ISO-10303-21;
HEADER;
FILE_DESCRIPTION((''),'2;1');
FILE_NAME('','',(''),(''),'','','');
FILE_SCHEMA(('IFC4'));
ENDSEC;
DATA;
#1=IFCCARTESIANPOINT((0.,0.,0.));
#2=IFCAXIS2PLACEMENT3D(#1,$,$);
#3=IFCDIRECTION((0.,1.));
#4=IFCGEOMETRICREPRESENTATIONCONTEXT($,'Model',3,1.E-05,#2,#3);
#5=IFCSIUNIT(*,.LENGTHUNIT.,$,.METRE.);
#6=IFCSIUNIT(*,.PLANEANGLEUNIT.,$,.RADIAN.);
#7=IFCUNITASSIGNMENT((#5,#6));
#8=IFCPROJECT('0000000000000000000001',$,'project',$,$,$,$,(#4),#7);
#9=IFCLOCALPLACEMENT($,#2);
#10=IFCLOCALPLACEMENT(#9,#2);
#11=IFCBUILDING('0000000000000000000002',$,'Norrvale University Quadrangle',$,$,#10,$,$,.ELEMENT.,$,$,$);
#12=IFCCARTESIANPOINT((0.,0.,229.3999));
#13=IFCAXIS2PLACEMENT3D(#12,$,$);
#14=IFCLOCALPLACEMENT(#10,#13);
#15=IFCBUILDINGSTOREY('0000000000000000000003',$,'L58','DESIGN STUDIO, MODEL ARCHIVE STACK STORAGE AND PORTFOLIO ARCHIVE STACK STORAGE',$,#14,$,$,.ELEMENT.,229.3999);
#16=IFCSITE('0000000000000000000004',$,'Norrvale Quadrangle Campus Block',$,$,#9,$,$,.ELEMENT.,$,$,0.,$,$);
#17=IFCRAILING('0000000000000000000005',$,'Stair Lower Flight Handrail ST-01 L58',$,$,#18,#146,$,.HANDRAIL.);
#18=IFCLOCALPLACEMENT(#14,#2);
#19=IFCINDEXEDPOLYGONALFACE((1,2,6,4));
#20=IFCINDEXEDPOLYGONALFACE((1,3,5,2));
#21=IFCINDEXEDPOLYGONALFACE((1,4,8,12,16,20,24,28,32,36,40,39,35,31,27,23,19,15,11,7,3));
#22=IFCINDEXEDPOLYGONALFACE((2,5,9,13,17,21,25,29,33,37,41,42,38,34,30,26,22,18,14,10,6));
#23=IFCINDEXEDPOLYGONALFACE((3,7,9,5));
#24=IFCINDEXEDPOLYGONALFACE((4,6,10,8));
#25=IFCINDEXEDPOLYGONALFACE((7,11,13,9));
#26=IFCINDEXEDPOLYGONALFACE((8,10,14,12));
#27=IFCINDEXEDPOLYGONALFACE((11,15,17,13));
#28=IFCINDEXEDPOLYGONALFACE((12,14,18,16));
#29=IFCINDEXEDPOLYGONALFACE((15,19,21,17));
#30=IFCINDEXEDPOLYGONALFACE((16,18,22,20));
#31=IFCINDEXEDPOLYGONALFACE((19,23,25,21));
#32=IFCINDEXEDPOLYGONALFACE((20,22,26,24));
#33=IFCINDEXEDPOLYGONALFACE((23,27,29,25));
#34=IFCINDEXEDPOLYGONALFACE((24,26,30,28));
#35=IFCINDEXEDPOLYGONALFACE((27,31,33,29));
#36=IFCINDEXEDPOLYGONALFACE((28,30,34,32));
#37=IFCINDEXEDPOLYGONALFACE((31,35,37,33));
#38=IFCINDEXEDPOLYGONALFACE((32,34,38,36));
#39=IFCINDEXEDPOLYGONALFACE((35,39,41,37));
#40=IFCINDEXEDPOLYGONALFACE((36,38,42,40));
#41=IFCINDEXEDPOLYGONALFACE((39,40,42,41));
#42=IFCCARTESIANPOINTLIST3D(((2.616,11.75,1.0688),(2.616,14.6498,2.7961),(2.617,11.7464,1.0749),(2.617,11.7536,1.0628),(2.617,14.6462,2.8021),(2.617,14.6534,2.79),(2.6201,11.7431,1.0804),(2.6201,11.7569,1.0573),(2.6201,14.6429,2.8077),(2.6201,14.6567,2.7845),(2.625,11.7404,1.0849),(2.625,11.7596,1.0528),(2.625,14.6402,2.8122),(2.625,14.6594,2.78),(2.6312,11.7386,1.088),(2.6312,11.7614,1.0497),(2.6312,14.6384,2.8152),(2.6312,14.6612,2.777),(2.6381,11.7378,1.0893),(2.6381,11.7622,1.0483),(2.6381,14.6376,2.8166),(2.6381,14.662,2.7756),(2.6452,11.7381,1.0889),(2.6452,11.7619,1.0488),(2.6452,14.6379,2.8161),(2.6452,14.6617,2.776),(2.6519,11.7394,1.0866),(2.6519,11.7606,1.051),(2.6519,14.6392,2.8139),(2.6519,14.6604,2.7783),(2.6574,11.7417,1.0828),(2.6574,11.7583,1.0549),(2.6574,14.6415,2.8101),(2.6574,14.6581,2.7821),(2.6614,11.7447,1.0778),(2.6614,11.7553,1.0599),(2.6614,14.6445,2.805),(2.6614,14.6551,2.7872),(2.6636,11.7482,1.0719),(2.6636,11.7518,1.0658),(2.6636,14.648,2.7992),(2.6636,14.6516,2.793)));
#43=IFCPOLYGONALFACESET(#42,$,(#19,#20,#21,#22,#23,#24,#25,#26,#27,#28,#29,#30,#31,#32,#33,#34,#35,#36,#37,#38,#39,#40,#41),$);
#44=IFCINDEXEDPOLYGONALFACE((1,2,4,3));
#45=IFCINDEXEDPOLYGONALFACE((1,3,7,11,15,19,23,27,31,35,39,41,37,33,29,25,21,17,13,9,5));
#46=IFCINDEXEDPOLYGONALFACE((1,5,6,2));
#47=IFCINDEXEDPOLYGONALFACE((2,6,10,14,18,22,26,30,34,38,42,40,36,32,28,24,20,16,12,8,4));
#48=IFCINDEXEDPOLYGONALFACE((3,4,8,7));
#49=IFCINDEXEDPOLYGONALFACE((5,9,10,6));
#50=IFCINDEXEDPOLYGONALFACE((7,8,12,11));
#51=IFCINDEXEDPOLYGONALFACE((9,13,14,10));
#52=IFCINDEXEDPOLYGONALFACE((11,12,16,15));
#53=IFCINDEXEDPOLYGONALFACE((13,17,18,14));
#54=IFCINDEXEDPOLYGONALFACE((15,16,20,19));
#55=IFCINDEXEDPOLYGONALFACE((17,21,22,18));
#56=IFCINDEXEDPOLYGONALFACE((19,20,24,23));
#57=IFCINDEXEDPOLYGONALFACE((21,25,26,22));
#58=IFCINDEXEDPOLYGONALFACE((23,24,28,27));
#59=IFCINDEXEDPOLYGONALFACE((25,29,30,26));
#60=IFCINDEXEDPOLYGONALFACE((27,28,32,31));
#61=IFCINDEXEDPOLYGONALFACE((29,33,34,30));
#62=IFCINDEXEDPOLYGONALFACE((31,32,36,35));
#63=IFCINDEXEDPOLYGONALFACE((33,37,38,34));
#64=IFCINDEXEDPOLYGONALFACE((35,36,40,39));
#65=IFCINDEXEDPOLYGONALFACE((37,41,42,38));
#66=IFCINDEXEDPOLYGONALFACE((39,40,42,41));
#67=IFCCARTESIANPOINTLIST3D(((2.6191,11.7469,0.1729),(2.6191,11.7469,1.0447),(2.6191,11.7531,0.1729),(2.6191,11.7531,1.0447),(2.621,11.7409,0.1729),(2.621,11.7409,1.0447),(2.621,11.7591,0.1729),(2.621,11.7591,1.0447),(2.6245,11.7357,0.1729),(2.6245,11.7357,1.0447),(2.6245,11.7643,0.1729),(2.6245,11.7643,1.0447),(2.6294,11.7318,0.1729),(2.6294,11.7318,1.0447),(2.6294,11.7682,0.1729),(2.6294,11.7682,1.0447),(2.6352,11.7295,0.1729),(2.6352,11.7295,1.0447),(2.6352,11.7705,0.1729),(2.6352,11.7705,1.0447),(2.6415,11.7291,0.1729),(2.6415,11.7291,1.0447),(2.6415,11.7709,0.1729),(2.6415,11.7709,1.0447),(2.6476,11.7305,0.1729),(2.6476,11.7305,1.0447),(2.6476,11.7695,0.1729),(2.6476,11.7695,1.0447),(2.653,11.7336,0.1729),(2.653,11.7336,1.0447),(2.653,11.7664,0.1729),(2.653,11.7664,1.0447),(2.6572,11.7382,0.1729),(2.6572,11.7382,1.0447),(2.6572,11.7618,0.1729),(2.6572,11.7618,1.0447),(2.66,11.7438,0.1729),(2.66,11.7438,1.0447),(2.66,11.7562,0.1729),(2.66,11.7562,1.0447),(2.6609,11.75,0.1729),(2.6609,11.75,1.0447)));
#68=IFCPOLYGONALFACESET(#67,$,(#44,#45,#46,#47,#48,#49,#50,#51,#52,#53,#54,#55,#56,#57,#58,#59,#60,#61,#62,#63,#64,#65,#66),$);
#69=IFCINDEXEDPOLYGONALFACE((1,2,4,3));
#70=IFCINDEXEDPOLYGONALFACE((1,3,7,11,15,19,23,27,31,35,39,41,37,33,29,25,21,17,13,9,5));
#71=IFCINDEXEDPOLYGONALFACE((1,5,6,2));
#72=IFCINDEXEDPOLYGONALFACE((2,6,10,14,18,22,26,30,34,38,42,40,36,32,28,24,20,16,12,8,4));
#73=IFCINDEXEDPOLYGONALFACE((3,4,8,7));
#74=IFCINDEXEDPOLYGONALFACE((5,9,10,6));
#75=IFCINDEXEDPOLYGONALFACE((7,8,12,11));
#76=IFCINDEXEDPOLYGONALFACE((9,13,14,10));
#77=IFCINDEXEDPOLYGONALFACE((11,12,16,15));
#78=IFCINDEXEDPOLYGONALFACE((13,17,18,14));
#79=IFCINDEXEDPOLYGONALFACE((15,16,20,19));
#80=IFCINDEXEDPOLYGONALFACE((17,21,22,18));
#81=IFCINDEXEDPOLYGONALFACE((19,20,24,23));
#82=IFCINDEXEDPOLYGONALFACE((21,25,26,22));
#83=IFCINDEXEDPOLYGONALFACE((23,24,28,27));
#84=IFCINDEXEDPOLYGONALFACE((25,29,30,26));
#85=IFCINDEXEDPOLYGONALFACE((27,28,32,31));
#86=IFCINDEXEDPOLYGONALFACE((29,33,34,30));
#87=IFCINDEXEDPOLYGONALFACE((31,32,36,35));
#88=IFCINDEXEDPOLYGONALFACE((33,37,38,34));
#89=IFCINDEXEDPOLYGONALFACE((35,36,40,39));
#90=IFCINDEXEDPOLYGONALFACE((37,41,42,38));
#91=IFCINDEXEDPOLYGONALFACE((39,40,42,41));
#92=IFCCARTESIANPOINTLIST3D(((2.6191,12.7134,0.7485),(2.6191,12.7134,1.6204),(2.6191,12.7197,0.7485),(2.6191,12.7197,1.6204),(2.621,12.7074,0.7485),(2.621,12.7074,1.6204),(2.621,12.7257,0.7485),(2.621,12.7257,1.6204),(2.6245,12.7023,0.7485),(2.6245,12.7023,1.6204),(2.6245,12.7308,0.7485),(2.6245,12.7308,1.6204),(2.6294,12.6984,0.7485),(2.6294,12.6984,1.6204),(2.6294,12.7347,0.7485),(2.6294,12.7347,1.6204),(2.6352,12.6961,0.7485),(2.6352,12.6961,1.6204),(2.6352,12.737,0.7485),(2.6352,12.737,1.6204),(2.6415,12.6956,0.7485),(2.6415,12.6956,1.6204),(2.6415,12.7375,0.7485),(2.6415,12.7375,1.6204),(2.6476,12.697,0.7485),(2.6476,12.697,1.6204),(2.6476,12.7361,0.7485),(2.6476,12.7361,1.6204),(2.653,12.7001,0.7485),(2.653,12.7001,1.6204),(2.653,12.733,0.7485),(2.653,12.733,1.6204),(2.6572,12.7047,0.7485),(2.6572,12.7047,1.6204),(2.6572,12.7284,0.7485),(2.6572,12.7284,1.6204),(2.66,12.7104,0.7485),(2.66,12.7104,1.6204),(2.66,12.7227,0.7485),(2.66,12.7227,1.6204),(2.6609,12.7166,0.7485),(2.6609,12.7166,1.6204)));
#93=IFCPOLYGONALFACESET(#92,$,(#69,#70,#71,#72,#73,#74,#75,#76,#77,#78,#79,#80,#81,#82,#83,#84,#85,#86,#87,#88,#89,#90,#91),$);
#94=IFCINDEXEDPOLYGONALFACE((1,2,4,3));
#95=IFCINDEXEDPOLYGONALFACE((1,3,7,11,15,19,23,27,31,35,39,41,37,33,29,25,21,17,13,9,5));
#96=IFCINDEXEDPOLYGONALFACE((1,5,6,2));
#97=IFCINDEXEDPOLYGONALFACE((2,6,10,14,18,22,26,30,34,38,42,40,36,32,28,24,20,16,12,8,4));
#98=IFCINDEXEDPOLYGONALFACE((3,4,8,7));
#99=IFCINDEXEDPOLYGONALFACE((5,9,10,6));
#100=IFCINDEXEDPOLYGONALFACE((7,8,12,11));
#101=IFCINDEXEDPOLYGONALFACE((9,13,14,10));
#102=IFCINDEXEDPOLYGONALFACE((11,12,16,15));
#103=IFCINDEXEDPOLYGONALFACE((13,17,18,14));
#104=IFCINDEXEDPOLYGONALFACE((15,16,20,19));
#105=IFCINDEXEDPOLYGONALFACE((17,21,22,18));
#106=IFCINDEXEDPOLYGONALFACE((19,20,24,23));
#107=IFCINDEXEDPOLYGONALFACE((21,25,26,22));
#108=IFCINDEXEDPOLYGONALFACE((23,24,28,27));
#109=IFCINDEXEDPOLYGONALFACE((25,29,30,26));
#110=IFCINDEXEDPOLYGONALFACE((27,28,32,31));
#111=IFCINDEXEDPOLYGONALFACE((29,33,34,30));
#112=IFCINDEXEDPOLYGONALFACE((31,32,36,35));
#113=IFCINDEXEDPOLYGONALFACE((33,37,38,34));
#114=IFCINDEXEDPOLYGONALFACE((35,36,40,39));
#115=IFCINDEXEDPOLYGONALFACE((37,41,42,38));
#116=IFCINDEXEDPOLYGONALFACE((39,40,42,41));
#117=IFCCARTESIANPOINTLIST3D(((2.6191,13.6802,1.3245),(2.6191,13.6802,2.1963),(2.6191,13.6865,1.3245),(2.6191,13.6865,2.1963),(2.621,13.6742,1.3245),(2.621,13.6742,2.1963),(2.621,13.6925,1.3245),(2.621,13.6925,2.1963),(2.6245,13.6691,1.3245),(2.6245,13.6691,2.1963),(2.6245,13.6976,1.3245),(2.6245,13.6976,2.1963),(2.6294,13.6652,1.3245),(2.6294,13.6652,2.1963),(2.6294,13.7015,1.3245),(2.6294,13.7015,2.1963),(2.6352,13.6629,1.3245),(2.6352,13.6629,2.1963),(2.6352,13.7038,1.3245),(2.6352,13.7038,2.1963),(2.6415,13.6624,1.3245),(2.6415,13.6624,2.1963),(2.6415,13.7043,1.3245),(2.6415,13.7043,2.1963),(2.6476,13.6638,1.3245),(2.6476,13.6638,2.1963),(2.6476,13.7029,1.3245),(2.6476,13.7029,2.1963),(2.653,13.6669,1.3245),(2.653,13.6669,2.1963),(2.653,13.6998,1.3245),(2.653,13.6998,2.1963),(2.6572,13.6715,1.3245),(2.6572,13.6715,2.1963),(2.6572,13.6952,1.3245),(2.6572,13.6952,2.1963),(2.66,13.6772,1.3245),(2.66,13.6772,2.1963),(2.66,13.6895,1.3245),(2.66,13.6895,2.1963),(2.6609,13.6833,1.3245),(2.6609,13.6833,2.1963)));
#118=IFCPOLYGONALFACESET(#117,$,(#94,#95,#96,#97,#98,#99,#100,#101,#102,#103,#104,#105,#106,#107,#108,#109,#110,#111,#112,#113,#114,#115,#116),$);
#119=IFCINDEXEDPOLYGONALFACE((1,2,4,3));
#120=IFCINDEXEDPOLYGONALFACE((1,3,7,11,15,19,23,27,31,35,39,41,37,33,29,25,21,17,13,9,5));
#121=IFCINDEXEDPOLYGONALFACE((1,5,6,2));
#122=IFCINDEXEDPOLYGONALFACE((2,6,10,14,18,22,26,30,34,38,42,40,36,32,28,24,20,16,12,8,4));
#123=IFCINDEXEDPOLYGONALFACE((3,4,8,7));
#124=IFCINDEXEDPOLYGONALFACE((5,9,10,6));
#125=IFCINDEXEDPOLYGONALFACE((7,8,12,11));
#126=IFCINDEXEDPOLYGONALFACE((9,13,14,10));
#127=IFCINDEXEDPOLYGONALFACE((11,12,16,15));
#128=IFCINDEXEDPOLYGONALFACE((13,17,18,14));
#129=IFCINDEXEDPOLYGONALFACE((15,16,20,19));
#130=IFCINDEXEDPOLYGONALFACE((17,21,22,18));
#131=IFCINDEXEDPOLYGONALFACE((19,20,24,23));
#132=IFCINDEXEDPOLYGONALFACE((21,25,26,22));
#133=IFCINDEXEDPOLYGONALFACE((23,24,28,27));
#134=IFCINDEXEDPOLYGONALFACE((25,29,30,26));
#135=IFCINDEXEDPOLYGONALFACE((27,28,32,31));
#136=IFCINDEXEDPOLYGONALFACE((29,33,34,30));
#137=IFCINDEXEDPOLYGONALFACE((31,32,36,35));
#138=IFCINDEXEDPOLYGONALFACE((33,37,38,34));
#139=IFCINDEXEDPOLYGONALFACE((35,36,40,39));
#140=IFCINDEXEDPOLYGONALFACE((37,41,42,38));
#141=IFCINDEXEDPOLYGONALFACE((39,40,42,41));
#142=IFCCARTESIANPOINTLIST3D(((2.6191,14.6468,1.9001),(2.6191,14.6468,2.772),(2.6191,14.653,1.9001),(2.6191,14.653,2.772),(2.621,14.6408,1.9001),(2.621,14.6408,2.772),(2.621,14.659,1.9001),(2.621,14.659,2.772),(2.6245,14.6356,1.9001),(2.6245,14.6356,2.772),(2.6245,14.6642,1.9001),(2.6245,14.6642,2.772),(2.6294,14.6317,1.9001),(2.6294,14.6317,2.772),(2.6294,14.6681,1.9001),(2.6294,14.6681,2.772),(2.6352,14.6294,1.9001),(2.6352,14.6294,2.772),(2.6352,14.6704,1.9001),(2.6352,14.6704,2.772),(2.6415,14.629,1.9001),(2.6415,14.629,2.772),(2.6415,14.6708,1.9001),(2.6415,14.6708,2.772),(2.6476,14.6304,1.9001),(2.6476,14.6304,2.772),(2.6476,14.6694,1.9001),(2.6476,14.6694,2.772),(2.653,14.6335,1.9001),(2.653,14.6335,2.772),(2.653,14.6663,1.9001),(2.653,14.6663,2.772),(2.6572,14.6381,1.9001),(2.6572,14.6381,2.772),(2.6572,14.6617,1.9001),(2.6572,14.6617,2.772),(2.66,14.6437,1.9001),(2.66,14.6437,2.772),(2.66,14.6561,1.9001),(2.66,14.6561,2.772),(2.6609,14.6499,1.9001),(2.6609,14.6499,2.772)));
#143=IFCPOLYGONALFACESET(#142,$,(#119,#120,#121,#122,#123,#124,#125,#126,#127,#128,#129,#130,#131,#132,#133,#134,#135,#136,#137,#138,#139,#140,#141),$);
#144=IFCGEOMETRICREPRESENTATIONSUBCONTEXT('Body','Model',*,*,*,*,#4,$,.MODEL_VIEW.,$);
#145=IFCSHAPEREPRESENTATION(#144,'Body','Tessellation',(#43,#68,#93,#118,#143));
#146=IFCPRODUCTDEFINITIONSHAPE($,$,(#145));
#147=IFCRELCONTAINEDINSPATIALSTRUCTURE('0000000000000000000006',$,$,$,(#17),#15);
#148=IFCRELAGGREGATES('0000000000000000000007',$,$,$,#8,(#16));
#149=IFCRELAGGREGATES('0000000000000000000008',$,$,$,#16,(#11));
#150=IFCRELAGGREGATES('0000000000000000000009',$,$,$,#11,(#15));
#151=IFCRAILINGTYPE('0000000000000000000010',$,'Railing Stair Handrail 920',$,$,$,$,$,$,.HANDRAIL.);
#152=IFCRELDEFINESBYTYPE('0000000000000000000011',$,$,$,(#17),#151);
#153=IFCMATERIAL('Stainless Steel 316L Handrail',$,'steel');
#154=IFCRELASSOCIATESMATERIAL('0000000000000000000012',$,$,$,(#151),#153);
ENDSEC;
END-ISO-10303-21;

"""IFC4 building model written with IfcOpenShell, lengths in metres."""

from ifc_helpers import new_model, si_unit, direction, frame, origin, origin_2d, place, context, subcontext, project, spatial, circle, extrude, material, type_object, element, save


model = new_model("IFC4")

# Units and contexts
model_context = context("Model", 3, precision=1e-05, world=origin(), true_north=direction((0.0, 1.0)))
body_context = subcontext(model_context, "Body", "Model", "MODEL_VIEW")
ifc_project = project(units=[si_unit("LENGTHUNIT", "METRE"), si_unit("PLANEANGLEUNIT", "RADIAN")], contexts=[model_context])

# Site, building, storey
site_placement = place(None, origin())
site = spatial("IfcSite", under=ifc_project, at=site_placement, Name="Norrvale Quadrangle Campus Block", CompositionType="ELEMENT", RefElevation=0.0)
building_placement = place(site_placement, origin())
building = spatial("IfcBuilding", under=site, at=building_placement, Name="Norrvale University Quadrangle", CompositionType="ELEMENT")
storey_placement = place(building_placement, frame((0.0, 0.0, 229.3999)))
storey = spatial("IfcBuildingStorey", under=building, at=storey_placement, Name="L58", Description="DESIGN STUDIO, MODEL ARCHIVE STACK STORAGE AND PORTFOLIO ARCHIVE STACK STORAGE", CompositionType="ELEMENT", Elevation=229.3999)

# Railing
ifc_material_1 = material(Name="Stainless Steel 316L Handrail", Category="steel")
railing_type_1 = type_object("IfcRailingType", Name="Railing Stair Handrail 920", PredefinedType="HANDRAIL", material=ifc_material_1)
railing_1_placement = place(storey_placement, frame((2.6399, 11.75, 0.1729)))
element("IfcRailing", 1, at=railing_1_placement, inside=storey, type_object=railing_type_1, Name="Stair Lower Flight Handrail ST-01 L58", PredefinedType="HANDRAIL", context=body_context, shape_type="SweptSolid", body=[
    extrude(circle(Radius=0.0239, at=origin_2d()), frame((0.0, 0.0, 0.896), z_axis=(0.0, 0.859141, 0.511738), x_axis=(-1.0, 0.0, 0.0)), (0.0, 0.0, 1.0), 3.3752),
    extrude(circle(Radius=0.021, at=origin_2d()), origin(), (0.0, 0.0, 1.0), 0.8718),
    extrude(circle(Radius=0.021, at=origin_2d()), frame((0.0, 0.9666, 0.5757)), (0.0, 0.0, 1.0), 0.8718),
    extrude(circle(Radius=0.021, at=origin_2d()), frame((0.0, 1.9333, 1.1516)), (0.0, 0.0, 1.0), 0.8718),
    extrude(circle(Radius=0.021, at=origin_2d()), frame((0.0, 2.8999, 1.7273)), (0.0, 0.0, 1.0), 0.8718),
])

save(model, "model.ifc")
